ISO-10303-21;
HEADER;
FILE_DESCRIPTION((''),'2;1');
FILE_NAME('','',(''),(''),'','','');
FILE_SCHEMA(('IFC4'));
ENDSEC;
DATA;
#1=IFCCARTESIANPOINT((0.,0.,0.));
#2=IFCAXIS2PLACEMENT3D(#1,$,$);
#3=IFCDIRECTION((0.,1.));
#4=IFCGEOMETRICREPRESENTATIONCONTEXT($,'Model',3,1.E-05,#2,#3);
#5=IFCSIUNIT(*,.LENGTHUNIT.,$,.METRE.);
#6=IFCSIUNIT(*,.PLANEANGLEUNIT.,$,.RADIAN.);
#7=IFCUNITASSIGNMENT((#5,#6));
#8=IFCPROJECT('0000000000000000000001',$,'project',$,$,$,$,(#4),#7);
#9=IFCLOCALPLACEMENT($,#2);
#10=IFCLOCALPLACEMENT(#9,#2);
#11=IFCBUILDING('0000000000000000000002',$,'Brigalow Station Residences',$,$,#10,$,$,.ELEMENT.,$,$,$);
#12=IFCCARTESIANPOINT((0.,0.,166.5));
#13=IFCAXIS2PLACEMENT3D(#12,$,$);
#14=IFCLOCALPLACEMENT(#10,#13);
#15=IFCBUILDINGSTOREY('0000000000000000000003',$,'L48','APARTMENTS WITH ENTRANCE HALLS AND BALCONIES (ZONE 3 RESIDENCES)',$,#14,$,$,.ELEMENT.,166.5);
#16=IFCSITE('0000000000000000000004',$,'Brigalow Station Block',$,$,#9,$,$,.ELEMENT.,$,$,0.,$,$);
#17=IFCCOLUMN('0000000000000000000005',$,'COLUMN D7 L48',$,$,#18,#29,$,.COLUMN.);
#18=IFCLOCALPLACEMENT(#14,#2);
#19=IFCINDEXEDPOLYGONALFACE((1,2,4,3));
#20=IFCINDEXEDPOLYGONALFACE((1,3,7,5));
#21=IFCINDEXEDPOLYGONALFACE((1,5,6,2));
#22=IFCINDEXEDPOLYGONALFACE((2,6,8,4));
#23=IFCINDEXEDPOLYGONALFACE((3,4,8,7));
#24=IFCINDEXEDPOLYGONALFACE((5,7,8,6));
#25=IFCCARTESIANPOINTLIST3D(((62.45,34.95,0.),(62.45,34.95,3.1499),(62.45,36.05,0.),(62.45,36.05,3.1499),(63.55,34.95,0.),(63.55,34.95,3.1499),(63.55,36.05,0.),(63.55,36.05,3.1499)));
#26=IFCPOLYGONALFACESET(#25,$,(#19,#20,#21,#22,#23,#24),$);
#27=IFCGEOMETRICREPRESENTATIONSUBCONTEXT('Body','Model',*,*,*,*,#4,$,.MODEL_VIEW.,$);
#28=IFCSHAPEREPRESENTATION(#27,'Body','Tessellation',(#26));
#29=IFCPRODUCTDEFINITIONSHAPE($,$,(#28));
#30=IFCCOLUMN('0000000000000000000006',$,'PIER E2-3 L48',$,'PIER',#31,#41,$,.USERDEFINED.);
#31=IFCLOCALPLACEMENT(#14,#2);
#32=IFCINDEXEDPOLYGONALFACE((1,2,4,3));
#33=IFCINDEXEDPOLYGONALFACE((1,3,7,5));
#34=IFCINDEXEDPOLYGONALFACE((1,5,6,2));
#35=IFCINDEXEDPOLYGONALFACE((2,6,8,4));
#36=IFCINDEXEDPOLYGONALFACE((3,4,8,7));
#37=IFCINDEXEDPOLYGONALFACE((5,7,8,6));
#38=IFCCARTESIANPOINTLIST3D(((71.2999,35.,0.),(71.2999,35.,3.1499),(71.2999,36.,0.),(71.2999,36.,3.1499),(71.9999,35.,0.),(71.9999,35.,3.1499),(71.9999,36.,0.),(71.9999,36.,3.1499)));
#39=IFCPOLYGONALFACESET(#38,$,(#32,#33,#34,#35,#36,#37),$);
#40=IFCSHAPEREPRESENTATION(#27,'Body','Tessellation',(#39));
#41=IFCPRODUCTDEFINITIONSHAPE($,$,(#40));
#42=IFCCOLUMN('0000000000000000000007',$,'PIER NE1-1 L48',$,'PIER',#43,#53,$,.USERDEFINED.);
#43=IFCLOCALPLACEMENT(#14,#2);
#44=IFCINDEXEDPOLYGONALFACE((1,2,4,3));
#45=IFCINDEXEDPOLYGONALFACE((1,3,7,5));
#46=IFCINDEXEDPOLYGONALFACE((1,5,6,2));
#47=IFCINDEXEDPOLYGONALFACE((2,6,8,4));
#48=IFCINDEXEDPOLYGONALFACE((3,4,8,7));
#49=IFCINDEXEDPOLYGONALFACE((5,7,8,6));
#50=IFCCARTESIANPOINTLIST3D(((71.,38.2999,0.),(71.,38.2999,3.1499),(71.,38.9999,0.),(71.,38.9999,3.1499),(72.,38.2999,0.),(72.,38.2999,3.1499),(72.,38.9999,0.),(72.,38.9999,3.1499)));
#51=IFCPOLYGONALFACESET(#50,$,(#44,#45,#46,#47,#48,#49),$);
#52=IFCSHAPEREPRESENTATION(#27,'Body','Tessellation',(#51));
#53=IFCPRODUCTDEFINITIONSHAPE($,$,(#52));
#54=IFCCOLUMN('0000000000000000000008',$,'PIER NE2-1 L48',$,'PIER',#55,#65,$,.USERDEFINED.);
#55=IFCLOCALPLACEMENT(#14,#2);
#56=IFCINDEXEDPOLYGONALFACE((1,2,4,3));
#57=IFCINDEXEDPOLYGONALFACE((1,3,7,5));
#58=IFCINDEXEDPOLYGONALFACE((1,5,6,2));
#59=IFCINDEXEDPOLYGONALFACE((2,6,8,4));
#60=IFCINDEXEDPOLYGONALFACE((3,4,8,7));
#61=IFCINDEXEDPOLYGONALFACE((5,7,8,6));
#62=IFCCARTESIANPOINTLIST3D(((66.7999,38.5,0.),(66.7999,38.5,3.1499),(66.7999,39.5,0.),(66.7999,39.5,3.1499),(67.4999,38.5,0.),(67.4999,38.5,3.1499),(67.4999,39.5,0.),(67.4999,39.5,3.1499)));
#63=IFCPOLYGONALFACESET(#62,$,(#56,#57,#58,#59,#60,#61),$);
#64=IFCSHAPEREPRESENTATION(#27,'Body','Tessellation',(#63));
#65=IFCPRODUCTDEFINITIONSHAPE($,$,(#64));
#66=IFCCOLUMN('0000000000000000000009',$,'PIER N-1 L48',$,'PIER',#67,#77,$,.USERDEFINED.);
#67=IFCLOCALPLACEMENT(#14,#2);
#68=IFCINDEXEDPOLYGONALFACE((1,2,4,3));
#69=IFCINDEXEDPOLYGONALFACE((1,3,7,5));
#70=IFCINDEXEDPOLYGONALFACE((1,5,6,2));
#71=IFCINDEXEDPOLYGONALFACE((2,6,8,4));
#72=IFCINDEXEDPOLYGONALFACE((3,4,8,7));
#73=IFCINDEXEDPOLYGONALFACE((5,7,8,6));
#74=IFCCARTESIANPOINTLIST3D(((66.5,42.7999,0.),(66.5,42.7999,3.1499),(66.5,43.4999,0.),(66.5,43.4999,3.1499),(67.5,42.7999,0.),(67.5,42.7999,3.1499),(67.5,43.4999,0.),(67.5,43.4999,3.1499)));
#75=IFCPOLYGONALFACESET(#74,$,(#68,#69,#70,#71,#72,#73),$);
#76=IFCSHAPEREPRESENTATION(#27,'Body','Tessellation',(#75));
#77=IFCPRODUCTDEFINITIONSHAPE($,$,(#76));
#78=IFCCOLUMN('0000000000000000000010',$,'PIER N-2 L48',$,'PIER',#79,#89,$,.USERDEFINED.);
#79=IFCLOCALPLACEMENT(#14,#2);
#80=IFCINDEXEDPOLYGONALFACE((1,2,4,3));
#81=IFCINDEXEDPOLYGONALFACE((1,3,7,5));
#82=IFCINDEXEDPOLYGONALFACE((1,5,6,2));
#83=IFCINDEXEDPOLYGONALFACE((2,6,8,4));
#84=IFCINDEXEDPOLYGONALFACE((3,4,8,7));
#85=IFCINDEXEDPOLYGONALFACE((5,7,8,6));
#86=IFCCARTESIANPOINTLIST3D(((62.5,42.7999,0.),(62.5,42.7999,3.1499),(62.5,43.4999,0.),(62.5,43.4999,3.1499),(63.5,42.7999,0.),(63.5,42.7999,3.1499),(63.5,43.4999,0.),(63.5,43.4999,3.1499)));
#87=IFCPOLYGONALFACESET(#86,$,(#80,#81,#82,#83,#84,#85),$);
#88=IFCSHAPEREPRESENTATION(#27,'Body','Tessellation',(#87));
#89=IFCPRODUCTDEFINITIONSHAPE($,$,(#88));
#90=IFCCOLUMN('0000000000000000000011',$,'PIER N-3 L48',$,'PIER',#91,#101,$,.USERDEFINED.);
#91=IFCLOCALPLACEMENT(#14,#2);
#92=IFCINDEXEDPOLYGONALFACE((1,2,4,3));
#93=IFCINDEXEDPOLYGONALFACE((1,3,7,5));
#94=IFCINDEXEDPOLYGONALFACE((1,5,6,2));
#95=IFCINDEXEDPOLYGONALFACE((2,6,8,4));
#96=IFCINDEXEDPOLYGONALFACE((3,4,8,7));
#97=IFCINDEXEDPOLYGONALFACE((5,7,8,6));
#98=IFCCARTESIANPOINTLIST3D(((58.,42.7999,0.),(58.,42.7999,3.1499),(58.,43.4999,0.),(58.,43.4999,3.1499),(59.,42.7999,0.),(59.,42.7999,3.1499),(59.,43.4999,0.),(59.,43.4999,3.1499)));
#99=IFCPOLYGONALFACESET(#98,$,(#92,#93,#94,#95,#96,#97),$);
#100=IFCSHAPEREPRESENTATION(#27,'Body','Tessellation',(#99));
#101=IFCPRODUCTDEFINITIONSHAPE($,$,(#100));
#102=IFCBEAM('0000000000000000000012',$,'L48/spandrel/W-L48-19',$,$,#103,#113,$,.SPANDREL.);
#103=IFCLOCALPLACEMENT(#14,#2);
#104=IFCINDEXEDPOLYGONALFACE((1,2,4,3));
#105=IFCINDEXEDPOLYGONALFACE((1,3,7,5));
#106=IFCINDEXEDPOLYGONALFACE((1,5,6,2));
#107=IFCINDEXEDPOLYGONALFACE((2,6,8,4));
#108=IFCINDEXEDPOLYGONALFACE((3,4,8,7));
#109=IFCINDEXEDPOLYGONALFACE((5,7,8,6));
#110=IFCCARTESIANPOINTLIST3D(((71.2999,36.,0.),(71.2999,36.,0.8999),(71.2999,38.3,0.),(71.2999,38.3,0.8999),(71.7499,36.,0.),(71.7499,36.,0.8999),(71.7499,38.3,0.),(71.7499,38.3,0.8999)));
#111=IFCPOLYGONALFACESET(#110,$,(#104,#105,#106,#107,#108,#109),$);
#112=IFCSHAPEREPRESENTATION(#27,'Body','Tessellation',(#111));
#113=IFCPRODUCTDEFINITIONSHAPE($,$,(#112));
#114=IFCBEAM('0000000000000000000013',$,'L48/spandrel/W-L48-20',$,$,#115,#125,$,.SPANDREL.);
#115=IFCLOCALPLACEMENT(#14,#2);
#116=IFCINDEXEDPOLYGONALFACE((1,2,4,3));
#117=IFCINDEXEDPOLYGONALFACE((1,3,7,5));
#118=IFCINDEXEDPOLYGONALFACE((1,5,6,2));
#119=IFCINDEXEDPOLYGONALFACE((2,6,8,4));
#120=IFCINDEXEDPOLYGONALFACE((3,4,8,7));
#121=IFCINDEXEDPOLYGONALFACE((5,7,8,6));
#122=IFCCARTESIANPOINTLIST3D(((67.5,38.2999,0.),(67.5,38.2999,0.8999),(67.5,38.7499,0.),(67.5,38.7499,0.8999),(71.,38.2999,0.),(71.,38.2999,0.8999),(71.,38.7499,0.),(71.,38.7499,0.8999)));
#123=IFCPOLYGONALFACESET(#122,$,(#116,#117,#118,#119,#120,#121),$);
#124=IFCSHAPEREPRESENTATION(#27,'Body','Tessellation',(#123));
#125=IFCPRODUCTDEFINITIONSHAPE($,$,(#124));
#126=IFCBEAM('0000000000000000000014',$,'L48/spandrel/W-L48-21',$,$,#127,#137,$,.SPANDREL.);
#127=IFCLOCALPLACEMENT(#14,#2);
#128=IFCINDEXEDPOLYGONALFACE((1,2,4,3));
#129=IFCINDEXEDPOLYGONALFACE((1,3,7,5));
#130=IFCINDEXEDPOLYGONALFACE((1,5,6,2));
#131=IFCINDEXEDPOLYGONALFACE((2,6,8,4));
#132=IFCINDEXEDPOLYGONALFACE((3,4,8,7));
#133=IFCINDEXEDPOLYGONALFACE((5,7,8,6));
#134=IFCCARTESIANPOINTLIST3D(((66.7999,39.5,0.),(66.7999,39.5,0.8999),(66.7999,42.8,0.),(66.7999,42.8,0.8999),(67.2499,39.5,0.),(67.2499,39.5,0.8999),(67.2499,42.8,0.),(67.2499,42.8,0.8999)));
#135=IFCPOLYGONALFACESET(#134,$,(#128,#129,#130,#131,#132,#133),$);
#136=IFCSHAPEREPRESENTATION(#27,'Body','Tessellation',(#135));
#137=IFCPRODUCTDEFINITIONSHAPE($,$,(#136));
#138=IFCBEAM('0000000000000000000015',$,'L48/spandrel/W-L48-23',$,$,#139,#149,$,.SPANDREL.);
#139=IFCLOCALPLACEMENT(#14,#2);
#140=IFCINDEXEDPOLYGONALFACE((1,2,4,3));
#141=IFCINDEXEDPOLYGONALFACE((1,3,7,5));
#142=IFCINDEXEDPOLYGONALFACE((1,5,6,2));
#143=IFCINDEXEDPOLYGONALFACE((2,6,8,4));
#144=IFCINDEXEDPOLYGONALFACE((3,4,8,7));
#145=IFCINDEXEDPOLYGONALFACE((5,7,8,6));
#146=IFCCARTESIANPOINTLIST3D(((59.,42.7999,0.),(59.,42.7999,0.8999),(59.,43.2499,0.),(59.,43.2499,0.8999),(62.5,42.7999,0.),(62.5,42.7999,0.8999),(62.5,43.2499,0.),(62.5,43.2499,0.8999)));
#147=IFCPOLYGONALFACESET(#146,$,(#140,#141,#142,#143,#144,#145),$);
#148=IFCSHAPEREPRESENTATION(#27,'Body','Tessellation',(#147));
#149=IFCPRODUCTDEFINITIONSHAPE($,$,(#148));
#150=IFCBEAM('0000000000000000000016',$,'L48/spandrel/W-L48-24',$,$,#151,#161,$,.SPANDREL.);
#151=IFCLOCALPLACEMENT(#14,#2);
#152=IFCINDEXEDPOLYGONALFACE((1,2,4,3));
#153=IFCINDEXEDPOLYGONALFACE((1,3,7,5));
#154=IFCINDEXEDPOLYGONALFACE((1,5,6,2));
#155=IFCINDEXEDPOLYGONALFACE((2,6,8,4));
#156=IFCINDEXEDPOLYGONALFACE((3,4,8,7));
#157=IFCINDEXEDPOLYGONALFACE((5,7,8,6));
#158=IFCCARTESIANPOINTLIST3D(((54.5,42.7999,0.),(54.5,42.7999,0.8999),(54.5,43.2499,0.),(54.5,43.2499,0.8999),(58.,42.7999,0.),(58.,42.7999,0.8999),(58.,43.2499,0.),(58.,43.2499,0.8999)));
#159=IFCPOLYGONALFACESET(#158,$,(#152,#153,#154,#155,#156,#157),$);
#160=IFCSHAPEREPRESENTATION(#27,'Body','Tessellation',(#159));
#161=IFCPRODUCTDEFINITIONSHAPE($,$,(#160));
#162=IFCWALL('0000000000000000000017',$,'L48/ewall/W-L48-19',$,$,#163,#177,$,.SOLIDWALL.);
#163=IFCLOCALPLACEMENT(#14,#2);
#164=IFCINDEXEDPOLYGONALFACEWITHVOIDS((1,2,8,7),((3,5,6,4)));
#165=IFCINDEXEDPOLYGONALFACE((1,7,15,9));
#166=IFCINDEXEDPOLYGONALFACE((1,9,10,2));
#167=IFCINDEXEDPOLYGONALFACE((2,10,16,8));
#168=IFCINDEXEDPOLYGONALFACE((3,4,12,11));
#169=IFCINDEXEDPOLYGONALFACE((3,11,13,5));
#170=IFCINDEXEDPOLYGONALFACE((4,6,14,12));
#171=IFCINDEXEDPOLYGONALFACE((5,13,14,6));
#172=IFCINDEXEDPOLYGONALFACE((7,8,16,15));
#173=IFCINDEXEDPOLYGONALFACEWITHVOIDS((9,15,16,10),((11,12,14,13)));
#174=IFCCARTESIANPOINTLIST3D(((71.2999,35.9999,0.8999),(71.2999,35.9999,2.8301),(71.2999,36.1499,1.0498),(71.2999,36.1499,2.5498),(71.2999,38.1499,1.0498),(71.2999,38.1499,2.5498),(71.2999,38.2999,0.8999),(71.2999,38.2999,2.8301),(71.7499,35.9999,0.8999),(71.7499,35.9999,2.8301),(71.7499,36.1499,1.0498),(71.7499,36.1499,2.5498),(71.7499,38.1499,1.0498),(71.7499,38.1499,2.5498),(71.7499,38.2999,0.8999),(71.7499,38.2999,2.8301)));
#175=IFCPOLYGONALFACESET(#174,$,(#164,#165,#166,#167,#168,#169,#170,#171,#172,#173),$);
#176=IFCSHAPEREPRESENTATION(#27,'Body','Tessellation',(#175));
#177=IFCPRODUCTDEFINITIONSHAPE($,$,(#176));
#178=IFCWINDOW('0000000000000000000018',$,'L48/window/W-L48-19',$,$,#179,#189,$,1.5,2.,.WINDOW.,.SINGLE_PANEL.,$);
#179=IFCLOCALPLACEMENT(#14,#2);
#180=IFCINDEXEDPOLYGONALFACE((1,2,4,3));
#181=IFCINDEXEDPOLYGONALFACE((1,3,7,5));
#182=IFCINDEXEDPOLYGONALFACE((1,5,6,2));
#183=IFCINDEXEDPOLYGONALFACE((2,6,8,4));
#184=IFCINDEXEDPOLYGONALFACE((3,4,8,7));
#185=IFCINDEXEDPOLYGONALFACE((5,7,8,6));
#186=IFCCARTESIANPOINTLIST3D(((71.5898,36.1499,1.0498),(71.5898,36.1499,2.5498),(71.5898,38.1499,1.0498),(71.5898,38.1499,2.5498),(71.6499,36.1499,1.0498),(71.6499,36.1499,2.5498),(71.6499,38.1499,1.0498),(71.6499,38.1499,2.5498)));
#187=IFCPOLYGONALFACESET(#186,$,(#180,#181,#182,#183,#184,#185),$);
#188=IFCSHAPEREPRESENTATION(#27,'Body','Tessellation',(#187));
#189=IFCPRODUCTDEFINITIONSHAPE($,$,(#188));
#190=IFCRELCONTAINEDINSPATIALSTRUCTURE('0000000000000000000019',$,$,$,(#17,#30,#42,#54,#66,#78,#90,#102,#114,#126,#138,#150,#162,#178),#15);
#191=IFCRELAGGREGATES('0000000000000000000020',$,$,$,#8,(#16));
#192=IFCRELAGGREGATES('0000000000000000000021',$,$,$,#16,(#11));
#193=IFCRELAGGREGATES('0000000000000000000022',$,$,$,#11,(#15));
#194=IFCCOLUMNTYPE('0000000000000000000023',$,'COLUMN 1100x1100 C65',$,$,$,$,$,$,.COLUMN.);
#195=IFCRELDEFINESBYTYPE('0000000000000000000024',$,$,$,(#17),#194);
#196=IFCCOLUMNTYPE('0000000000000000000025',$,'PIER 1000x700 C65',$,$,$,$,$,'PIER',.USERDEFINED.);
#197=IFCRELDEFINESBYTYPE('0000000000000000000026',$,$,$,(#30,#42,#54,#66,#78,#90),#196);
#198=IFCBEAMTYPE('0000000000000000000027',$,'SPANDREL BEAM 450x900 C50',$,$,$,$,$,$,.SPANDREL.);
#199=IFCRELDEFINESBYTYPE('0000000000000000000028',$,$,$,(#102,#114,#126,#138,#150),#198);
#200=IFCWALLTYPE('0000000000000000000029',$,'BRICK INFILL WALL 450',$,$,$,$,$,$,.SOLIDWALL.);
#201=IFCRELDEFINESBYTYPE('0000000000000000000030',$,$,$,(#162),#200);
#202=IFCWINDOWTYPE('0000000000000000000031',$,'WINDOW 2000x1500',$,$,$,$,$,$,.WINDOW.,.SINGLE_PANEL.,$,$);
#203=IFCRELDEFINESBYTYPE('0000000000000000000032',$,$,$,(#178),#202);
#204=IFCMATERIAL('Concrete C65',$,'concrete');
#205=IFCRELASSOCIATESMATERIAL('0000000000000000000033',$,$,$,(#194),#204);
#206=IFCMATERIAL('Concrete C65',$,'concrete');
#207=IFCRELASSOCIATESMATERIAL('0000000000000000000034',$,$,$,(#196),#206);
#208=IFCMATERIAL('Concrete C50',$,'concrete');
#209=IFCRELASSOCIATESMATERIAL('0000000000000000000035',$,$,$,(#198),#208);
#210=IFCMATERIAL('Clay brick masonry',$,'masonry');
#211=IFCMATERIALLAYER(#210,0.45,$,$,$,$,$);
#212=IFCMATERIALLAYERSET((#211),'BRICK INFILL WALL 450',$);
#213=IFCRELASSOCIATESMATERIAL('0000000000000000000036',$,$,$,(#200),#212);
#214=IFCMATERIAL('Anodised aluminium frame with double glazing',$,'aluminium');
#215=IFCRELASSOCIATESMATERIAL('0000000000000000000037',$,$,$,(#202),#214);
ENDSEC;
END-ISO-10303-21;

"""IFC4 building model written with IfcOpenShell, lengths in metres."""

from ifc_helpers import new_model, si_unit, direction, frame, frame_2d, origin, origin_2d, place, context, subcontext, project, spatial, rectangle, extrude, material, layer, layer_set, material_profile, profile_set, type_object, element, fill, save


model = new_model("IFC4")

# Units and contexts
model_context = context("Model", 3, precision=1e-05, world=origin(), true_north=direction((0.0, 1.0)))
body_context = subcontext(model_context, "Body", "Model", "MODEL_VIEW")
ifc_project = project(units=[si_unit("LENGTHUNIT", "METRE"), si_unit("PLANEANGLEUNIT", "RADIAN")], contexts=[model_context])

# Site, building, storey
site_placement = place(None, origin())
site = spatial("IfcSite", under=ifc_project, at=site_placement, Name="Brigalow Station Block", CompositionType="ELEMENT", RefElevation=0.0)
building_placement = place(site_placement, origin())
building = spatial("IfcBuilding", under=site, at=building_placement, Name="Brigalow Station Residences", CompositionType="ELEMENT")
storey_placement = place(building_placement, frame((0.0, 0.0, 166.5)))
storey = spatial("IfcBuildingStorey", under=building, at=storey_placement, Name="L48", Description="APARTMENTS WITH ENTRANCE HALLS AND BALCONIES (ZONE 3 RESIDENCES)", CompositionType="ELEMENT", Elevation=166.5)

# Columns
ifc_material_1 = material(Name="Concrete C65", Category="concrete")
ifc_material_profile_1 = material_profile(ifc_material_1, rectangle(XDim=1.1001, YDim=1.1001, at=origin_2d()), Name="RC1100x1100")
ifc_profile_set_1 = profile_set([ifc_material_profile_1], Name="Concrete C65")
column_type_1 = type_object("IfcColumnType", Name="COLUMN 1100x1100 C65", PredefinedType="COLUMN", material=ifc_profile_set_1)
column_placement = place(storey_placement, frame((63.0, 35.5, 0.0), z_axis=(0.0, 0.0, 1.0), x_axis=(1.0, 0.0, 0.0)))
element("IfcColumn", 1, at=column_placement, inside=storey, type_object=column_type_1, Name="COLUMN D7 L48", PredefinedType="COLUMN", context=body_context, shape_type="SweptSolid", body=[
    extrude(rectangle(XDim=1.1001, YDim=1.1001, at=origin_2d()), origin(), (0.0, 0.0, 1.0), 3.1499),
])
ifc_material_2 = material(Name="Concrete C65", Category="concrete")
ifc_material_profile_2 = material_profile(ifc_material_2, rectangle(XDim=1.0, YDim=0.7, at=origin_2d()), Name="RC1000x700")
ifc_profile_set_2 = profile_set([ifc_material_profile_2], Name="Concrete C65")
column_type_2 = type_object("IfcColumnType", Name="PIER 1000x700 C65", ElementType="PIER", PredefinedType="USERDEFINED", material=ifc_profile_set_2)
for number, where, z_axis, x_axis, name in (
    (2, (71.6499, 35.5, 0.0), (0.0, 0.0, 1.0), (0.0, 1.0, 0.0), "PIER E2-3 L48"),
    (3, (71.5, 38.6499, 0.0), (0.0, 0.0, 1.0), (-1.0, 0.0, 0.0), "PIER NE1-1 L48"),
    (4, (67.1499, 39.0, 0.0), (0.0, 0.0, 1.0), (0.0, 1.0, 0.0), "PIER NE2-1 L48"),
    (5, (67.0, 43.1499, 0.0), (0.0, 0.0, 1.0), (-1.0, 0.0, 0.0), "PIER N-1 L48"),
    (6, (63.0, 43.1499, 0.0), (0.0, 0.0, 1.0), (-1.0, 0.0, 0.0), "PIER N-2 L48"),
    (7, (58.5, 43.1499, 0.0), (0.0, 0.0, 1.0), (-1.0, 0.0, 0.0), "PIER N-3 L48"),
):
    element("IfcColumn", number, at=place(storey_placement, frame(where, z_axis=z_axis, x_axis=x_axis)), inside=storey, type_object=column_type_2, Name=name, ObjectType="PIER", PredefinedType="USERDEFINED", context=body_context, shape_type="SweptSolid", body=[
        extrude(rectangle(XDim=1.0, YDim=0.7, at=origin_2d()), origin(), (0.0, 0.0, 1.0), 3.1499),
    ])

# Beams
ifc_material_3 = material(Name="Concrete C50", Category="concrete")
ifc_material_profile_3 = material_profile(ifc_material_3, rectangle(XDim=0.45, YDim=0.8999, at=origin_2d()), Name="RC450x900")
ifc_profile_set_3 = profile_set([ifc_material_profile_3], Name="Concrete C50")
beam_type = type_object("IfcBeamType", Name="SPANDREL BEAM 450x900 C50", PredefinedType="SPANDREL", material=ifc_profile_set_3)
beam_1_placement = place(storey_placement, frame((71.5249, 36.0, 0.45), z_axis=(0.0, 1.0, 0.0), x_axis=(-1.0, 0.0, 0.0)))
element("IfcBeam", 8, at=beam_1_placement, inside=storey, type_object=beam_type, Name="L48/spandrel/W-L48-19", PredefinedType="SPANDREL", context=body_context, shape_type="SweptSolid", body=[
    extrude(rectangle(XDim=0.45, YDim=0.8999, at=origin_2d()), origin(), (0.0, 0.0, 1.0), 2.3),
])
beam_2_placement = place(storey_placement, frame((71.0, 38.5249, 0.45), z_axis=(-1.0, 0.0, 0.0), x_axis=(0.0, -1.0, 0.0)))
element("IfcBeam", 9, at=beam_2_placement, inside=storey, type_object=beam_type, Name="L48/spandrel/W-L48-20", PredefinedType="SPANDREL", context=body_context, shape_type="SweptSolid", body=[
    extrude(rectangle(XDim=0.45, YDim=0.8999, at=origin_2d()), origin(), (0.0, 0.0, 1.0), 3.5),
])
beam_3_placement = place(storey_placement, frame((67.0249, 39.5, 0.45), z_axis=(0.0, 1.0, 0.0), x_axis=(-1.0, 0.0, 0.0)))
element("IfcBeam", 10, at=beam_3_placement, inside=storey, type_object=beam_type, Name="L48/spandrel/W-L48-21", PredefinedType="SPANDREL", context=body_context, shape_type="SweptSolid", body=[
    extrude(rectangle(XDim=0.45, YDim=0.8999, at=origin_2d()), origin(), (0.0, 0.0, 1.0), 3.3),
])
for number, where, z_axis, x_axis, name in (
    (11, (62.5, 43.0249, 0.45), (-1.0, 0.0, 0.0), (0.0, -1.0, 0.0), "L48/spandrel/W-L48-23"),
    (12, (58.0, 43.0249, 0.45), (-1.0, 0.0, 0.0), (0.0, -1.0, 0.0), "L48/spandrel/W-L48-24"),
):
    element("IfcBeam", number, at=place(storey_placement, frame(where, z_axis=z_axis, x_axis=x_axis)), inside=storey, type_object=beam_type, Name=name, PredefinedType="SPANDREL", context=body_context, shape_type="SweptSolid", body=[
        extrude(rectangle(XDim=0.45, YDim=0.8999, at=origin_2d()), origin(), (0.0, 0.0, 1.0), 3.5),
    ])

# Wall, opening, window
ifc_material_4 = material(Name="Clay brick masonry", Category="masonry")
ifc_layer_1 = layer(ifc_material_4, 0.45)
ifc_layer_set_1 = layer_set([ifc_layer_1], Name="BRICK INFILL WALL 450")
wall_type_1 = type_object("IfcWallType", Name="BRICK INFILL WALL 450", PredefinedType="SOLIDWALL", material=ifc_layer_set_1)
wall_1_placement = place(storey_placement, frame((71.5249, 36.0, 0.8999), z_axis=(0.0, 0.0, 1.0), x_axis=(0.0, 1.0, 0.0)))
wall_1 = element("IfcWall", 13, at=wall_1_placement, inside=storey, type_object=wall_type_1, Name="L48/ewall/W-L48-19", PredefinedType="SOLIDWALL", context=body_context, shape_type="SweptSolid", body=[
    extrude(rectangle(XDim=2.3, YDim=0.45, at=frame_2d((1.1499, 0.0))), origin(), (0.0, 0.0, 1.0), 1.9302),
])
opening_1_placement = place(wall_1_placement, frame((0.1499, 0.0, 0.1499)))
opening_1 = element("IfcOpeningElement", 14, at=opening_1_placement, cuts=wall_1, PredefinedType="OPENING", context=body_context, shape_type="SweptSolid", body=[
    extrude(rectangle(XDim=2.0, YDim=1.5, at=frame_2d((1.0, 0.75))), frame((0.0, 0.2349, 0.0), z_axis=(0.0, -1.0, 0.0), x_axis=(1.0, 0.0, 0.0)), (0.0, 0.0, 1.0), 0.47),
])
ifc_material_5 = material(Name="Anodised aluminium frame with double glazing", Category="aluminium")
window_type_1 = type_object("IfcWindowType", Name="WINDOW 2000x1500", PartitioningType="SINGLE_PANEL", PredefinedType="WINDOW", material=ifc_material_5)
window_1_placement = place(opening_1_placement, origin())
window_1 = element("IfcWindow", 15, at=window_1_placement, inside=storey, type_object=window_type_1, Name="L48/window/W-L48-19", OverallHeight=1.5, OverallWidth=2.0, PartitioningType="SINGLE_PANEL", PredefinedType="WINDOW", context=body_context, shape_type="SweptSolid", body=[
    extrude(rectangle(XDim=2.0, YDim=1.5, at=frame_2d((1.0, 0.75))), frame((0.0, -0.0649, 0.0), z_axis=(0.0, -1.0, 0.0), x_axis=(1.0, 0.0, 0.0)), (0.0, 0.0, 1.0), 0.0601),
])
fill(opening_1, window_1)

save(model, "model.ifc")
